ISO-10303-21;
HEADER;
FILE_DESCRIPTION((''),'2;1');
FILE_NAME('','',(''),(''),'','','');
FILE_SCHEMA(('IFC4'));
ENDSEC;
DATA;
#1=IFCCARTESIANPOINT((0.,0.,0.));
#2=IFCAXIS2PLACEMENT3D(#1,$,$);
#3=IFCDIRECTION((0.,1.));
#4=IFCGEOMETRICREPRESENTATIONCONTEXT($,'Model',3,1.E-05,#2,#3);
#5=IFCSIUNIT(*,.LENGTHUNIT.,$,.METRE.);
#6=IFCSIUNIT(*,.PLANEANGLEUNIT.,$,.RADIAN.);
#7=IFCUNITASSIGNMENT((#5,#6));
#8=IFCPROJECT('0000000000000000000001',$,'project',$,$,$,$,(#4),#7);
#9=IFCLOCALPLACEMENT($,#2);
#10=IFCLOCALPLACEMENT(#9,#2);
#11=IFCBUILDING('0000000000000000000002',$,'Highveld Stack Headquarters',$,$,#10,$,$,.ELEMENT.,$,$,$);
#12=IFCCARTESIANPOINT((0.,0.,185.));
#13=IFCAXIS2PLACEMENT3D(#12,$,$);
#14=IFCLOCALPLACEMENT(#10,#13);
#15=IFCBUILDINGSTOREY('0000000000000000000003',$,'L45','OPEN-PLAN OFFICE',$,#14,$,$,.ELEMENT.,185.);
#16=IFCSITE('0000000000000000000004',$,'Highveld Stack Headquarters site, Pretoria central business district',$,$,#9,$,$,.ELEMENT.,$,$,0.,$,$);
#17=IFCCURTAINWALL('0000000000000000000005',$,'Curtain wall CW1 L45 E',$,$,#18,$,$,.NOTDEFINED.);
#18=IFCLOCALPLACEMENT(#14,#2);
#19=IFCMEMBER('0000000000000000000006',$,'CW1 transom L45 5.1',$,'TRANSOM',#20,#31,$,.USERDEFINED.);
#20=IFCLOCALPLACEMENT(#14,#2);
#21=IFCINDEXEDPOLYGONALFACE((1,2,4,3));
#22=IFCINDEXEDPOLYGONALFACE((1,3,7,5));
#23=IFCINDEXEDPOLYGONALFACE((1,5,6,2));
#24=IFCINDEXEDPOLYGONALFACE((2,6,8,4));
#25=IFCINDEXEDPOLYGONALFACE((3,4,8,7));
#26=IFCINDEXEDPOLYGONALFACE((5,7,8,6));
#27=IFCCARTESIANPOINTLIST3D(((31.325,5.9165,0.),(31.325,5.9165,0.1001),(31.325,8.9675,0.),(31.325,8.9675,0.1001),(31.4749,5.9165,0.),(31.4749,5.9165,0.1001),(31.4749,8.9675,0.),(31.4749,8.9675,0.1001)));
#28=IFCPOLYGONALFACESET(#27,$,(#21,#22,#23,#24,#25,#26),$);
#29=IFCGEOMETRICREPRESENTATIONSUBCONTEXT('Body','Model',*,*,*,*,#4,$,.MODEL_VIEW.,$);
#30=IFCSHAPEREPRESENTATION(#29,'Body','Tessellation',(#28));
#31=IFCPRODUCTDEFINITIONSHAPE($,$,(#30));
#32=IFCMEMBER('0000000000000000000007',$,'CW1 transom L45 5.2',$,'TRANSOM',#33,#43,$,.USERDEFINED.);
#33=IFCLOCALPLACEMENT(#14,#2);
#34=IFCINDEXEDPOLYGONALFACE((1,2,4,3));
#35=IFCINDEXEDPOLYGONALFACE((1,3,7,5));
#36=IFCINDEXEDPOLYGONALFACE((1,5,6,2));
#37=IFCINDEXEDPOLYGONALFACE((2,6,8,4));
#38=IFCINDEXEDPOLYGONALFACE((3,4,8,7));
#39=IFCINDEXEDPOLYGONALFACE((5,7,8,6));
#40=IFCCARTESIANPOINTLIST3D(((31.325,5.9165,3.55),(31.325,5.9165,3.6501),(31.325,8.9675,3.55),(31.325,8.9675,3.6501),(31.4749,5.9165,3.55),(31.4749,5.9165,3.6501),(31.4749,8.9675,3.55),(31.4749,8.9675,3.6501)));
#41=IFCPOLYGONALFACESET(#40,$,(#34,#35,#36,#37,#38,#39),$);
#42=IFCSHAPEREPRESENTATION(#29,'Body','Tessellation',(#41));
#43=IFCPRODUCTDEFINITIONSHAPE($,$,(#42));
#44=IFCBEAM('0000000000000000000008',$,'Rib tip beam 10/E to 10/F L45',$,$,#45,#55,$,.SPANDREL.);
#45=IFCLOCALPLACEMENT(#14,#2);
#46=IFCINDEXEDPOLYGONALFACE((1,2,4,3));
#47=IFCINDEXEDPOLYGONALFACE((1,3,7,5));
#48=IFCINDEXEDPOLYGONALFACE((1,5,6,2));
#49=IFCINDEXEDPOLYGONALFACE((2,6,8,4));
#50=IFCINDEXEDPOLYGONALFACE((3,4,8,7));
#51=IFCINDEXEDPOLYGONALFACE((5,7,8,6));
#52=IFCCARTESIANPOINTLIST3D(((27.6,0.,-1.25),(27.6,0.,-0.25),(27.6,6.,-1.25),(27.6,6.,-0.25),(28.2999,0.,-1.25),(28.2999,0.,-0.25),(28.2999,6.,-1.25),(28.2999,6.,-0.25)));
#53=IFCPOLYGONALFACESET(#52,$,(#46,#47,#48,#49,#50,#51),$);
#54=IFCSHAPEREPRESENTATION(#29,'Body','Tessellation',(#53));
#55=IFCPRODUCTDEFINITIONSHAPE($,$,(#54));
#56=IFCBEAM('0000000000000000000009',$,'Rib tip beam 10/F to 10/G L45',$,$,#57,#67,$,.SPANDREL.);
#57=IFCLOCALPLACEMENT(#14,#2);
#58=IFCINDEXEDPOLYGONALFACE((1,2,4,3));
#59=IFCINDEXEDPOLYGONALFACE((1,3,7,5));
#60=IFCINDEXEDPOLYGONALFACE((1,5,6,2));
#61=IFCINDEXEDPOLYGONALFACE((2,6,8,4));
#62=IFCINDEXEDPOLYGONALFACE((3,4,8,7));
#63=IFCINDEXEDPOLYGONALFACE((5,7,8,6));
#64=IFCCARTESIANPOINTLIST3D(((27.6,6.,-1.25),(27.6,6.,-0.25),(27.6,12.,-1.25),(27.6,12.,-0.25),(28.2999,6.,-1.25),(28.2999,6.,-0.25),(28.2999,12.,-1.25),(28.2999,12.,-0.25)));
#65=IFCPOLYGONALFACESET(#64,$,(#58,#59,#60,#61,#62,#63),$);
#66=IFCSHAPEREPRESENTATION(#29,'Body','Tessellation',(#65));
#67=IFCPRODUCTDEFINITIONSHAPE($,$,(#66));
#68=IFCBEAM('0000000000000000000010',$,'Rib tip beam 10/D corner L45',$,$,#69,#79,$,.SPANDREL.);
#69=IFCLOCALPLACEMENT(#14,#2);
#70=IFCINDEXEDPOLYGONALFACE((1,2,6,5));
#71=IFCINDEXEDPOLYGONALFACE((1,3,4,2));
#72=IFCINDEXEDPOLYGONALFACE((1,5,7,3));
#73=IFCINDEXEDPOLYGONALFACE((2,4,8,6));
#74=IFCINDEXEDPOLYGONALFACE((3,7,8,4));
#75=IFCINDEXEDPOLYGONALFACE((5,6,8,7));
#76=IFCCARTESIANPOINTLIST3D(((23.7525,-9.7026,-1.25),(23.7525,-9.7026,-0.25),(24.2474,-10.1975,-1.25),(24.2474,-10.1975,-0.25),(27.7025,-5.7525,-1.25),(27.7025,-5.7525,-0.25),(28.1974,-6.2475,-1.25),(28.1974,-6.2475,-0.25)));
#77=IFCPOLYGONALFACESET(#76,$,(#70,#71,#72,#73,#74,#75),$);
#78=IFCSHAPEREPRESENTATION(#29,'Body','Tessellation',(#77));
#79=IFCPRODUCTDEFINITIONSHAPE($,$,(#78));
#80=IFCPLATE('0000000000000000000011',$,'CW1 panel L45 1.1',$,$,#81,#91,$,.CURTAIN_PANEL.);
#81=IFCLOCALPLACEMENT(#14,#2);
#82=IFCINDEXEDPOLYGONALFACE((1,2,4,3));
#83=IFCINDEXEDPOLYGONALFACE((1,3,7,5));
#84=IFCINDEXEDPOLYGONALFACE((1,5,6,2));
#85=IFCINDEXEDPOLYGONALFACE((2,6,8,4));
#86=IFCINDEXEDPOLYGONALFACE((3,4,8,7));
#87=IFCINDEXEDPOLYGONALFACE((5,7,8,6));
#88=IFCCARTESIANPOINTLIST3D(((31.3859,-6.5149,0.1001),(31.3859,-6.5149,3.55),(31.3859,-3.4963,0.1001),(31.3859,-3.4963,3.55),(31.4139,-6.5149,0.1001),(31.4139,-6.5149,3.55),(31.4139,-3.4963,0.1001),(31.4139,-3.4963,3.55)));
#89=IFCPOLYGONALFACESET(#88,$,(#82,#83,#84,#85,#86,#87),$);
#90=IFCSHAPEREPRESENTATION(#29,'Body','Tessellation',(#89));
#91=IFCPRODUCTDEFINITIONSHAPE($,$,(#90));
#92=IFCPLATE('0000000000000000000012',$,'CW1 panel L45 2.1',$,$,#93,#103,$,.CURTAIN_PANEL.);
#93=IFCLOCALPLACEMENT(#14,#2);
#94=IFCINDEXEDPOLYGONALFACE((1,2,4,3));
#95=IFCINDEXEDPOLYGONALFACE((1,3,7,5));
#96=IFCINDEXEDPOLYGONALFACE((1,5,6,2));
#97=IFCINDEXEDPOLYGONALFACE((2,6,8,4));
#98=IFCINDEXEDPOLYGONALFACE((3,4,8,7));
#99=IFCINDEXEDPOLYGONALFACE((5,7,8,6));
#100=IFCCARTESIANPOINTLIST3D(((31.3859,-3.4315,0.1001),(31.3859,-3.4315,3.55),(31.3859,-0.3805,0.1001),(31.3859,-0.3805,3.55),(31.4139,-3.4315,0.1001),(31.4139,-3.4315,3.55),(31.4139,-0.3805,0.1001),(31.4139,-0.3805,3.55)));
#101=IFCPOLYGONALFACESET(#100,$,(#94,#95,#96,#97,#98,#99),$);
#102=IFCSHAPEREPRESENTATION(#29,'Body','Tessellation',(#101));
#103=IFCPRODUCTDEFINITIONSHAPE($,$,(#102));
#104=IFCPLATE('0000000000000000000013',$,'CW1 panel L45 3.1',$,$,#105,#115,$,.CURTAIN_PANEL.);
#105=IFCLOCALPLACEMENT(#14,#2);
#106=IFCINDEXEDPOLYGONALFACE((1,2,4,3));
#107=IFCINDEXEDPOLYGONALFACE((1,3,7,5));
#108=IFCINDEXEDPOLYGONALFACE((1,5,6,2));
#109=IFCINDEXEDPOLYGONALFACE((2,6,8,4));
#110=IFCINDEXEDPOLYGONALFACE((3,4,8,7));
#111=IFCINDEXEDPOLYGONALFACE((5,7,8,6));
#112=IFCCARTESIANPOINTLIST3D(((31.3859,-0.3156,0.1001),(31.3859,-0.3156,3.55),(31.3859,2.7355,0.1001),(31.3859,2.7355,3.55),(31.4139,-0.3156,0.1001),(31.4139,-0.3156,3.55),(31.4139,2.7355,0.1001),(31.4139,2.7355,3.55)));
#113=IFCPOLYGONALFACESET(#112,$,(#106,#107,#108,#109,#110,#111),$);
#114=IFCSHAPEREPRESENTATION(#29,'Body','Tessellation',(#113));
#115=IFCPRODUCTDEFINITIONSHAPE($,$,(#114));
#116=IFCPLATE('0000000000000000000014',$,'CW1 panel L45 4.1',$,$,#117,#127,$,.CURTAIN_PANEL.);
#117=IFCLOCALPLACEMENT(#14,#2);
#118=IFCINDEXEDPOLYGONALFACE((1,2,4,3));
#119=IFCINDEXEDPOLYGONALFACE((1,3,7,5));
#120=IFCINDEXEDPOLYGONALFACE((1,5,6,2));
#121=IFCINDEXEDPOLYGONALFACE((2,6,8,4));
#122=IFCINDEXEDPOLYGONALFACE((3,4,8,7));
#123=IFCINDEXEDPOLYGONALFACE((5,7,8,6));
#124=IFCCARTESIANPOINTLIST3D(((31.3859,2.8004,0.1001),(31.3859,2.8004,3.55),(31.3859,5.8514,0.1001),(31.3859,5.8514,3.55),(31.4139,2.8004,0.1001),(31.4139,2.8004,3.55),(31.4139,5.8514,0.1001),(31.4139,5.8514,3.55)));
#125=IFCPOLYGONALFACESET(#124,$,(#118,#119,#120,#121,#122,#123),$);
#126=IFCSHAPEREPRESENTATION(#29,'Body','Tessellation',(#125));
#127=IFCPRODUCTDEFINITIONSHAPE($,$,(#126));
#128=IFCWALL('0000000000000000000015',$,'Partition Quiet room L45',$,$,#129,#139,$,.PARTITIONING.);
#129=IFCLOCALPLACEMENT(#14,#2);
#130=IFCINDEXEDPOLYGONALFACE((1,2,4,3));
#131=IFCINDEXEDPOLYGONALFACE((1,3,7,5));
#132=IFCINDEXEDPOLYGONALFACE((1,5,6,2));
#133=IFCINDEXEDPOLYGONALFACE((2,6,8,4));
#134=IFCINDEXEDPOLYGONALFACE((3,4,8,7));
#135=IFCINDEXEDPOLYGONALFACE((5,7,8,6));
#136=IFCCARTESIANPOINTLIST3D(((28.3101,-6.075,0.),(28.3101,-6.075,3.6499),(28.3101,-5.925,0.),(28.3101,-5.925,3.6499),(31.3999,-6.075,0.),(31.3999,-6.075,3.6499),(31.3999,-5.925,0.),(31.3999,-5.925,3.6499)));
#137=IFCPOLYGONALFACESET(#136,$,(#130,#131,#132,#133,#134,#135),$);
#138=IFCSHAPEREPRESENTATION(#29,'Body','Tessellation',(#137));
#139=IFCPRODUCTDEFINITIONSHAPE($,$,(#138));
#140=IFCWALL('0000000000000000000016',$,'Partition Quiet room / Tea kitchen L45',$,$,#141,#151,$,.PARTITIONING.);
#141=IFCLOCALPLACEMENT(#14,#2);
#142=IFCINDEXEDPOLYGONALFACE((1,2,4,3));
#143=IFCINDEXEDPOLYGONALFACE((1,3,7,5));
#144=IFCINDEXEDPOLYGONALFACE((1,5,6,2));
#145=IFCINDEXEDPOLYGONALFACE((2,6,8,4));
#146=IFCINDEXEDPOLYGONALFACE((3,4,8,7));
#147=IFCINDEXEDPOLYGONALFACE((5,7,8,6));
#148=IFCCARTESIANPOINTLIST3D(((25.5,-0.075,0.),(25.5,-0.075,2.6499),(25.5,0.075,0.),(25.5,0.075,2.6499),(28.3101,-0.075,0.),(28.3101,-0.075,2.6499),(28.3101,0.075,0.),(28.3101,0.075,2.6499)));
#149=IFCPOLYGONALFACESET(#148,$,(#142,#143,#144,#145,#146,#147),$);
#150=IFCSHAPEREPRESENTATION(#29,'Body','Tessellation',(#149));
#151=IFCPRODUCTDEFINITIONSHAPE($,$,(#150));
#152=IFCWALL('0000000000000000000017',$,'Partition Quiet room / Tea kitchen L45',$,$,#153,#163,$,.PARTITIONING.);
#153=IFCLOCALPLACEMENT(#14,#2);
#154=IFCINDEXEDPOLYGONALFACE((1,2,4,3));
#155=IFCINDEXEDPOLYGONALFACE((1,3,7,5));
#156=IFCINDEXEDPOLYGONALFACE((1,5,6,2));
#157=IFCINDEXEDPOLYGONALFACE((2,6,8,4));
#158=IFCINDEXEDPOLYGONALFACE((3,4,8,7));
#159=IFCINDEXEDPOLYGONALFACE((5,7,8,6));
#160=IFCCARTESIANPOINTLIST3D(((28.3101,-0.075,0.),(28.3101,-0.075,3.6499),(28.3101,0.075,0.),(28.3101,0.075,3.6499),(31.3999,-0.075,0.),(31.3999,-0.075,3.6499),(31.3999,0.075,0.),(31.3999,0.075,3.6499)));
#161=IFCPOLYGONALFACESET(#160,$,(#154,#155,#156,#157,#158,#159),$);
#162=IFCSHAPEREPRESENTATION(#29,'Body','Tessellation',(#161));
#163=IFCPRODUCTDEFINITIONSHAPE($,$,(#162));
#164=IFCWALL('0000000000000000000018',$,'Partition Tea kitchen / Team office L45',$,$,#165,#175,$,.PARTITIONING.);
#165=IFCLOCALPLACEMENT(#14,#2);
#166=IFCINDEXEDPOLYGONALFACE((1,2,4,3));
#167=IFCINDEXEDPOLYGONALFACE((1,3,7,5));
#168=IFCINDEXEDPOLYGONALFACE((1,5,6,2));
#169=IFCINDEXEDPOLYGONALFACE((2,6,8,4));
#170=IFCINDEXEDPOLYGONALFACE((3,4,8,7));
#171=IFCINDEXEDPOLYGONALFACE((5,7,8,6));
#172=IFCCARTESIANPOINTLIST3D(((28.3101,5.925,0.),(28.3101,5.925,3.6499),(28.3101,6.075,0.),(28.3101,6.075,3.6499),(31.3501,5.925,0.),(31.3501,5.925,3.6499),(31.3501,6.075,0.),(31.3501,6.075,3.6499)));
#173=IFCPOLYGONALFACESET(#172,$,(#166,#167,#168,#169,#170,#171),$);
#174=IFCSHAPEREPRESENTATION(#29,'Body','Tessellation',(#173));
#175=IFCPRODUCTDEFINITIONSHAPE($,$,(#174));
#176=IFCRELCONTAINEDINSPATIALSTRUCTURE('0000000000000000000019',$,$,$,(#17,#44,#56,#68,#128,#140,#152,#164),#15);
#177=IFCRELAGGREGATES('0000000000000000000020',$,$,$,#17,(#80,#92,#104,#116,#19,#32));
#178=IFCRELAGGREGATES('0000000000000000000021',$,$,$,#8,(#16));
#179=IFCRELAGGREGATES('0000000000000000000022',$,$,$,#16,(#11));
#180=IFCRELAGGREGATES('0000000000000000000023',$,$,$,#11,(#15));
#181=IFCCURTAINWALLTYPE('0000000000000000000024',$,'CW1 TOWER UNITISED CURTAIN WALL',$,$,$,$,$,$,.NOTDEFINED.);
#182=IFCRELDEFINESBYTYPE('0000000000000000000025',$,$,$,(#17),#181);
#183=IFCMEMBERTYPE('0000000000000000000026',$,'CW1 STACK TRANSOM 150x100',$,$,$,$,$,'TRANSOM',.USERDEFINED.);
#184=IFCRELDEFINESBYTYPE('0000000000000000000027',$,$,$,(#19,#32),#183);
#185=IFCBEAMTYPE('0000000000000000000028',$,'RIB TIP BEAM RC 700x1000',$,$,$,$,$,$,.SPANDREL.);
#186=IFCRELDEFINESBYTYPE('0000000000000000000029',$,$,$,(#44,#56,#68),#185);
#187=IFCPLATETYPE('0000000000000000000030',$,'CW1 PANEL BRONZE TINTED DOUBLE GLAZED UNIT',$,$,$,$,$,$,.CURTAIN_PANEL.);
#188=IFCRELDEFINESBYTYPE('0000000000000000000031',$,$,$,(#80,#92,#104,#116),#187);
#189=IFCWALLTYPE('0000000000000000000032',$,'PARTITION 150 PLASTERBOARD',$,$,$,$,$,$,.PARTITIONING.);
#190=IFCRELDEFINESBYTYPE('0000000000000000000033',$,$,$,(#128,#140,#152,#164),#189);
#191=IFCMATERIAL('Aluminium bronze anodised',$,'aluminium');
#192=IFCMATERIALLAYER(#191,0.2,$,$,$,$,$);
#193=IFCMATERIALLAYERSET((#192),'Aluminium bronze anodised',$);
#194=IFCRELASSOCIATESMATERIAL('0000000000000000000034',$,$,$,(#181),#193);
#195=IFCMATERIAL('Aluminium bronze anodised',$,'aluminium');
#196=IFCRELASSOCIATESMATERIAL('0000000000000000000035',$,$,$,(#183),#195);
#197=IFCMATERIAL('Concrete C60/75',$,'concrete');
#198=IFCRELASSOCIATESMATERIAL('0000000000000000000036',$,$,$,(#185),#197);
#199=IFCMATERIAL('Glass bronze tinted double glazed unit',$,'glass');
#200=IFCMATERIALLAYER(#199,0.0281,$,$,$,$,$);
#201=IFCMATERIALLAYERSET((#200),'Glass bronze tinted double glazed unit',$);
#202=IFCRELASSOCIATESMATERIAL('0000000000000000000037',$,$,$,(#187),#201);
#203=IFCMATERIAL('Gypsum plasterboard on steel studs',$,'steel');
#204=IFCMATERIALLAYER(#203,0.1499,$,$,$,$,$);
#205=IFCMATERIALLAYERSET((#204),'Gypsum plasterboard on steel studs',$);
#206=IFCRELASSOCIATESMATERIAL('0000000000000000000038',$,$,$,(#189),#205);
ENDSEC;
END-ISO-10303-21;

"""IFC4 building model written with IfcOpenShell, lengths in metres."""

from ifc_helpers import new_model, si_unit, direction, frame, frame_2d, origin, origin_2d, place, context, subcontext, project, spatial, rectangle, extrude, material, layer, layer_set, material_profile, profile_set, type_object, element, aggregate, save


model = new_model("IFC4")

# Units and contexts
model_context = context("Model", 3, precision=1e-05, world=origin(), true_north=direction((0.0, 1.0)))
body_context = subcontext(model_context, "Body", "Model", "MODEL_VIEW")
ifc_project = project(units=[si_unit("LENGTHUNIT", "METRE"), si_unit("PLANEANGLEUNIT", "RADIAN")], contexts=[model_context])

# Site, building, storey
site_placement = place(None, origin())
site = spatial("IfcSite", under=ifc_project, at=site_placement, Name="Highveld Stack Headquarters site, Pretoria central business district", CompositionType="ELEMENT", RefElevation=0.0)
building_placement = place(site_placement, origin())
building = spatial("IfcBuilding", under=site, at=building_placement, Name="Highveld Stack Headquarters", CompositionType="ELEMENT")
storey_placement = place(building_placement, frame((0.0, 0.0, 185.0)))
storey = spatial("IfcBuildingStorey", under=building, at=storey_placement, Name="L45", Description="OPEN-PLAN OFFICE", CompositionType="ELEMENT", Elevation=185.0)

# Curtain wall, members
ifc_material_1 = material(Name="Aluminium bronze anodised", Category="aluminium")
ifc_layer_1 = layer(ifc_material_1, 0.2)
ifc_layer_set_1 = layer_set([ifc_layer_1], Name="Aluminium bronze anodised")
curtain_wall_type = type_object("IfcCurtainWallType", Name="CW1 TOWER UNITISED CURTAIN WALL", PredefinedType="NOTDEFINED", material=ifc_layer_set_1)
curtain_wall_placement = place(storey_placement, origin())
curtain_wall = element("IfcCurtainWall", 1, at=curtain_wall_placement, inside=storey, type_object=curtain_wall_type, Name="Curtain wall CW1 L45 E", PredefinedType="NOTDEFINED")
ifc_material_2 = material(Name="Aluminium bronze anodised", Category="aluminium")
ifc_material_profile_1 = material_profile(ifc_material_2, rectangle(XDim=0.1499, YDim=0.1001, at=origin_2d()), Name="CW1 TRANSOM 150x100")
ifc_profile_set_1 = profile_set([ifc_material_profile_1], Name="Aluminium bronze anodised")
member_type_1 = type_object("IfcMemberType", Name="CW1 STACK TRANSOM 150x100", ElementType="TRANSOM", PredefinedType="USERDEFINED", material=ifc_profile_set_1)
member_1_placement = place(storey_placement, frame((31.3999, 5.9165, 0.05), z_axis=(0.0, 1.0, 0.0), x_axis=(-1.0, 0.0, 0.0)))
member_1 = element("IfcMember", 2, at=member_1_placement, type_object=member_type_1, Name="CW1 transom L45 5.1", ObjectType="TRANSOM", PredefinedType="USERDEFINED", context=body_context, shape_type="SweptSolid", body=[
    extrude(rectangle(XDim=0.1499, YDim=0.1001, at=origin_2d()), origin(), (0.0, 0.0, 1.0), 3.051),
])
member_2_placement = place(storey_placement, frame((31.3999, 5.9165, 3.6001), z_axis=(0.0, 1.0, 0.0), x_axis=(-1.0, 0.0, 0.0)))
member_2 = element("IfcMember", 3, at=member_2_placement, type_object=member_type_1, Name="CW1 transom L45 5.2", ObjectType="TRANSOM", PredefinedType="USERDEFINED", context=body_context, shape_type="SweptSolid", body=[
    extrude(rectangle(XDim=0.1499, YDim=0.1001, at=origin_2d()), origin(), (0.0, 0.0, 1.0), 3.051),
])

# Beams
ifc_material_3 = material(Name="Concrete C60/75", Category="concrete")
ifc_material_profile_2 = material_profile(ifc_material_3, rectangle(XDim=0.7, YDim=1.0, at=origin_2d()), Name="RC 700x1000")
ifc_profile_set_2 = profile_set([ifc_material_profile_2], Name="Concrete C60/75")
beam_type = type_object("IfcBeamType", Name="RIB TIP BEAM RC 700x1000", PredefinedType="SPANDREL", material=ifc_profile_set_2)
for number, where, z_axis, x_axis, name in (
    (4, (27.95, 0.0, -0.75), (0.0, 1.0, 0.0), (-1.0, 0.0, 0.0), "Rib tip beam 10/E to 10/F L45"),
    (5, (27.95, 6.0, -0.75), (0.0, 1.0, 0.0), (-1.0, 0.0, 0.0), "Rib tip beam 10/F to 10/G L45"),
):
    element("IfcBeam", number, at=place(storey_placement, frame(where, z_axis=z_axis, x_axis=x_axis)), inside=storey, type_object=beam_type, Name=name, PredefinedType="SPANDREL", context=body_context, shape_type="SweptSolid", body=[
        extrude(rectangle(XDim=0.7, YDim=1.0, at=origin_2d()), origin(), (0.0, 0.0, 1.0), 6.0),
    ])
beam_placement = place(storey_placement, frame((27.95, -6.0, -0.75), z_axis=(-0.707107, -0.707107, 0.0), x_axis=(0.707107, -0.707107, 0.0)))
element("IfcBeam", 6, at=beam_placement, inside=storey, type_object=beam_type, Name="Rib tip beam 10/D corner L45", PredefinedType="SPANDREL", context=body_context, shape_type="SweptSolid", body=[
    extrude(rectangle(XDim=0.7, YDim=1.0, at=origin_2d()), origin(), (0.0, 0.0, 1.0), 5.5862),
])

# Plates
ifc_material_4 = material(Name="Glass bronze tinted double glazed unit", Category="glass")
ifc_layer_2 = layer(ifc_material_4, 0.0281)
ifc_layer_set_2 = layer_set([ifc_layer_2], Name="Glass bronze tinted double glazed unit")
plate_type = type_object("IfcPlateType", Name="CW1 PANEL BRONZE TINTED DOUBLE GLAZED UNIT", PredefinedType="CURTAIN_PANEL", material=ifc_layer_set_2)
plate_1_placement = place(storey_placement, frame((31.3999, -5.0056, 0.1001), z_axis=(0.0, 0.0, 1.0), x_axis=(0.0, 1.0, 0.0)))
plate_1 = element("IfcPlate", 7, at=plate_1_placement, type_object=plate_type, Name="CW1 panel L45 1.1", PredefinedType="CURTAIN_PANEL", context=body_context, shape_type="SweptSolid", body=[
    extrude(rectangle(XDim=3.0186, YDim=0.0281, at=origin_2d()), origin(), (0.0, 0.0, 1.0), 3.45),
])
plate_2_placement = place(storey_placement, frame((31.3999, -1.906, 0.1001), z_axis=(0.0, 0.0, 1.0), x_axis=(0.0, 1.0, 0.0)))
plate_2 = element("IfcPlate", 8, at=plate_2_placement, type_object=plate_type, Name="CW1 panel L45 2.1", PredefinedType="CURTAIN_PANEL", context=body_context, shape_type="SweptSolid", body=[
    extrude(rectangle(XDim=3.051, YDim=0.0281, at=origin_2d()), origin(), (0.0, 0.0, 1.0), 3.45),
])
plate_3_placement = place(storey_placement, frame((31.3999, 1.21, 0.1001), z_axis=(0.0, 0.0, 1.0), x_axis=(0.0, 1.0, 0.0)))
plate_3 = element("IfcPlate", 9, at=plate_3_placement, type_object=plate_type, Name="CW1 panel L45 3.1", PredefinedType="CURTAIN_PANEL", context=body_context, shape_type="SweptSolid", body=[
    extrude(rectangle(XDim=3.051, YDim=0.0281, at=origin_2d()), origin(), (0.0, 0.0, 1.0), 3.45),
])
plate_4_placement = place(storey_placement, frame((31.3999, 4.3259, 0.1001), z_axis=(0.0, 0.0, 1.0), x_axis=(0.0, 1.0, 0.0)))
plate_4 = element("IfcPlate", 10, at=plate_4_placement, type_object=plate_type, Name="CW1 panel L45 4.1", PredefinedType="CURTAIN_PANEL", context=body_context, shape_type="SweptSolid", body=[
    extrude(rectangle(XDim=3.051, YDim=0.0281, at=origin_2d()), origin(), (0.0, 0.0, 1.0), 3.45),
])
aggregate(curtain_wall, [plate_1, plate_2, plate_3, plate_4, member_1, member_2])

# Walls
ifc_material_5 = material(Name="Gypsum plasterboard on steel studs", Category="steel")
ifc_layer_3 = layer(ifc_material_5, 0.1499)
ifc_layer_set_3 = layer_set([ifc_layer_3], Name="Gypsum plasterboard on steel studs")
wall_type = type_object("IfcWallType", Name="PARTITION 150 PLASTERBOARD", PredefinedType="PARTITIONING", material=ifc_layer_set_3)
wall_1_placement = place(storey_placement, frame((28.3101, -6.0, 0.0), z_axis=(0.0, 0.0, 1.0), x_axis=(1.0, 0.0, 0.0)))
element("IfcWall", 11, at=wall_1_placement, inside=storey, type_object=wall_type, Name="Partition Quiet room L45", PredefinedType="PARTITIONING", context=body_context, shape_type="SweptSolid", body=[
    extrude(rectangle(XDim=3.0898, YDim=0.1499, at=frame_2d((1.5449, 0.0))), origin(), (0.0, 0.0, 1.0), 3.6499),
])
wall_2_placement = place(storey_placement, frame((25.5, 0.0, 0.0), z_axis=(0.0, 0.0, 1.0), x_axis=(1.0, 0.0, 0.0)))
element("IfcWall", 12, at=wall_2_placement, inside=storey, type_object=wall_type, Name="Partition Quiet room / Tea kitchen L45", PredefinedType="PARTITIONING", context=body_context, shape_type="SweptSolid", body=[
    extrude(rectangle(XDim=2.8101, YDim=0.1499, at=frame_2d((1.405, 0.0))), origin(), (0.0, 0.0, 1.0), 2.6499),
])
wall_3_placement = place(storey_placement, frame((28.3101, 0.0, 0.0), z_axis=(0.0, 0.0, 1.0), x_axis=(1.0, 0.0, 0.0)))
element("IfcWall", 13, at=wall_3_placement, inside=storey, type_object=wall_type, Name="Partition Quiet room / Tea kitchen L45", PredefinedType="PARTITIONING", context=body_context, shape_type="SweptSolid", body=[
    extrude(rectangle(XDim=3.0898, YDim=0.1499, at=frame_2d((1.5449, 0.0))), origin(), (0.0, 0.0, 1.0), 3.6499),
])
wall_4_placement = place(storey_placement, frame((28.3101, 6.0, 0.0), z_axis=(0.0, 0.0, 1.0), x_axis=(1.0, 0.0, 0.0)))
element("IfcWall", 14, at=wall_4_placement, inside=storey, type_object=wall_type, Name="Partition Tea kitchen / Team office L45", PredefinedType="PARTITIONING", context=body_context, shape_type="SweptSolid", body=[
    extrude(rectangle(XDim=3.04, YDim=0.1499, at=frame_2d((1.52, 0.0))), origin(), (0.0, 0.0, 1.0), 3.6499),
])

save(model, "model.ifc")
